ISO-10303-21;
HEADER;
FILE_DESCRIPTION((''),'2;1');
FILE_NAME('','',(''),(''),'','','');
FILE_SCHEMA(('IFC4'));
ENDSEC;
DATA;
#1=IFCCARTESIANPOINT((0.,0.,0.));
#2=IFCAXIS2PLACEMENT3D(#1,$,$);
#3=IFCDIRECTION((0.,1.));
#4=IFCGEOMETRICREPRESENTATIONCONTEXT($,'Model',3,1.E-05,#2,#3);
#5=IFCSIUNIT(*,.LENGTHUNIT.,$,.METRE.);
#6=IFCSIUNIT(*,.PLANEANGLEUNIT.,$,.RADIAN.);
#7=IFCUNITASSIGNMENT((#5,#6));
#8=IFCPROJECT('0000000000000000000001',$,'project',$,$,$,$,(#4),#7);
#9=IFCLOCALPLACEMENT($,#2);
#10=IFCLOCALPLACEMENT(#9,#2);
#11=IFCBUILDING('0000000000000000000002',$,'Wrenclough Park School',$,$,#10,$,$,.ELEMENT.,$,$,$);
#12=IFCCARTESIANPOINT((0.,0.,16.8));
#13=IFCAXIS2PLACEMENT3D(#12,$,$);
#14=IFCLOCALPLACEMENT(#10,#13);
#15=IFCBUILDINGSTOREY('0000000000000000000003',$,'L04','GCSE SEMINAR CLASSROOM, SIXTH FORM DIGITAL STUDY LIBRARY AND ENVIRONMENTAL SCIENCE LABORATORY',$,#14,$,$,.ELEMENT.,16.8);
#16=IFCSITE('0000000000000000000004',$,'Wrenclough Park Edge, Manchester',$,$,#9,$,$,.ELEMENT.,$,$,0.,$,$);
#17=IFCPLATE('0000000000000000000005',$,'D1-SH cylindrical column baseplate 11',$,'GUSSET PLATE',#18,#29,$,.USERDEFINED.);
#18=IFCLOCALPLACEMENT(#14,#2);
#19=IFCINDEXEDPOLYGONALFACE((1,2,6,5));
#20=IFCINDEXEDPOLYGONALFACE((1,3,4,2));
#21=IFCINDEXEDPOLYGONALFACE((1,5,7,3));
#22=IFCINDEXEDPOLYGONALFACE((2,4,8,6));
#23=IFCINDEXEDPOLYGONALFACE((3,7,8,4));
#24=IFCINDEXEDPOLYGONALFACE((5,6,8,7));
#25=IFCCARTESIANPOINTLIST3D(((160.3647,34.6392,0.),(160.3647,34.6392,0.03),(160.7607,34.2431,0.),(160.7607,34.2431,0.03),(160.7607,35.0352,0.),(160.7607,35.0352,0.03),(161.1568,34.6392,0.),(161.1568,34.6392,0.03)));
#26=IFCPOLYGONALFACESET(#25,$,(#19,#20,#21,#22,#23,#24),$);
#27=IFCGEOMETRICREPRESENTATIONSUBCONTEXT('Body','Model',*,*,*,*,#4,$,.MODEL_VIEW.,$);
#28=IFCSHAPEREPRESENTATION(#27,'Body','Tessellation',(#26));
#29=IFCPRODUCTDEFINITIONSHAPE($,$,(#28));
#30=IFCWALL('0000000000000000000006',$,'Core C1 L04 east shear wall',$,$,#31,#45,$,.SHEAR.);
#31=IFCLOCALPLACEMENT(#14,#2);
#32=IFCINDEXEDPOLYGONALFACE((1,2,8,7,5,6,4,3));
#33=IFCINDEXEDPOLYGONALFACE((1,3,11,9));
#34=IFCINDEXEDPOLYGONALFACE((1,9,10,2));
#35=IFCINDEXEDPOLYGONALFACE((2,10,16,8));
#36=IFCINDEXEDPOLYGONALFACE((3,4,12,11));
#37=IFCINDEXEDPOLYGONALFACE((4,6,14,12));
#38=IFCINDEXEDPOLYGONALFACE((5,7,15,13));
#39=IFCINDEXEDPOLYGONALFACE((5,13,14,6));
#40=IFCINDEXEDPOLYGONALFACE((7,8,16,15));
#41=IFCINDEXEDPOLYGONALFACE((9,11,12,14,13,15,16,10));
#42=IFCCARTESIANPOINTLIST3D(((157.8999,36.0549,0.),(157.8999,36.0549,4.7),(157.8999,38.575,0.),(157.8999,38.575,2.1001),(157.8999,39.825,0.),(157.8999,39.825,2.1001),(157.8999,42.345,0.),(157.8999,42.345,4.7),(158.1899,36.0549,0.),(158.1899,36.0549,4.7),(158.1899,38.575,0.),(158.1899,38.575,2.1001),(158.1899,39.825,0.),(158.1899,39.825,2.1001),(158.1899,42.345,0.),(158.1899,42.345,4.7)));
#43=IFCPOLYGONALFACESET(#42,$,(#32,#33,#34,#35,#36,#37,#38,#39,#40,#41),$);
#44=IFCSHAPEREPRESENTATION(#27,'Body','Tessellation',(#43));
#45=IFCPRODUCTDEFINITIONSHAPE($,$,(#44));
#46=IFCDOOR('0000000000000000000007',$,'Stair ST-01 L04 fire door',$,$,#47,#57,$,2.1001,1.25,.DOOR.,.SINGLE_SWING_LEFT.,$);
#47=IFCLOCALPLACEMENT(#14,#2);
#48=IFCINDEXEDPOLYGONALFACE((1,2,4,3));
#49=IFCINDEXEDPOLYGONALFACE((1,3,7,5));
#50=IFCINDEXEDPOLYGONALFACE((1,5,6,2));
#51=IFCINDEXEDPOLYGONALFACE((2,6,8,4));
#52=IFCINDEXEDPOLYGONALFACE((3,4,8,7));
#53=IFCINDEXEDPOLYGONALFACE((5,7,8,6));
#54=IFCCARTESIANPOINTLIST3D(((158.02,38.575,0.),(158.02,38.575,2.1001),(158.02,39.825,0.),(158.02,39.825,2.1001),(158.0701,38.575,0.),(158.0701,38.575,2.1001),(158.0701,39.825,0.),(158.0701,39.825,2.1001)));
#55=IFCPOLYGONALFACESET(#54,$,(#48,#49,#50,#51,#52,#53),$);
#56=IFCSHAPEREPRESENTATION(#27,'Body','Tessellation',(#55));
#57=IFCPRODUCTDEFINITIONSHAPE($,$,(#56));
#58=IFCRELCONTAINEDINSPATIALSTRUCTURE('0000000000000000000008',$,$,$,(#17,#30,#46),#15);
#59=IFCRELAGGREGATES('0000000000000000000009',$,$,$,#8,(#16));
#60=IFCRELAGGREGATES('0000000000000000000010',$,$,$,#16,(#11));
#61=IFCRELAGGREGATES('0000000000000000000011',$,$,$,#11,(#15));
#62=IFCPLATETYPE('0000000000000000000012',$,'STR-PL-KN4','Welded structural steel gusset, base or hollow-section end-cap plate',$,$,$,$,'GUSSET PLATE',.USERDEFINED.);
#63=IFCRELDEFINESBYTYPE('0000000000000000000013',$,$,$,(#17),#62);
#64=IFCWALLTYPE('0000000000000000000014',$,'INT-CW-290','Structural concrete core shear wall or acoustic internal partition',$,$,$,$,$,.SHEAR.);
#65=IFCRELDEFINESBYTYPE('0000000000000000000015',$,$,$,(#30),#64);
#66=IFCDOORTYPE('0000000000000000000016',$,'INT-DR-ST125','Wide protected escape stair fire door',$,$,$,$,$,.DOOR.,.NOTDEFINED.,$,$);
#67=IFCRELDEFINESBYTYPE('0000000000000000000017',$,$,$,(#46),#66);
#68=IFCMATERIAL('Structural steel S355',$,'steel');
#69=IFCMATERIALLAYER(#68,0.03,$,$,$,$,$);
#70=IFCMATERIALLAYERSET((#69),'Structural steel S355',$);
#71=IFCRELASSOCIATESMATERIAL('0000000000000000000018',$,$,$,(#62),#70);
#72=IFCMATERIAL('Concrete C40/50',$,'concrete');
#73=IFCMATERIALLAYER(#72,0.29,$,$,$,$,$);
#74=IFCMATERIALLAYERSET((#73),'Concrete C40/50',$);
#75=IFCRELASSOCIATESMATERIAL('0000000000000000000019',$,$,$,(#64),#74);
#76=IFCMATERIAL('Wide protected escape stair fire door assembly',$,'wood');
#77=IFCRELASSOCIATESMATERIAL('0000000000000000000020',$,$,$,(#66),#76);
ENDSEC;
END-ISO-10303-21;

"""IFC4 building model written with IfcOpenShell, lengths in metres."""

from ifc_helpers import new_model, si_unit, direction, frame, frame_2d, origin, origin_2d, place, context, subcontext, project, spatial, rectangle, extrude, material, layer, layer_set, type_object, element, fill, save


model = new_model("IFC4")

# Units and contexts
model_context = context("Model", 3, precision=1e-05, world=origin(), true_north=direction((0.0, 1.0)))
body_context = subcontext(model_context, "Body", "Model", "MODEL_VIEW")
ifc_project = project(units=[si_unit("LENGTHUNIT", "METRE"), si_unit("PLANEANGLEUNIT", "RADIAN")], contexts=[model_context])

# Site, building, storey
site_placement = place(None, origin())
site = spatial("IfcSite", under=ifc_project, at=site_placement, Name="Wrenclough Park Edge, Manchester", CompositionType="ELEMENT", RefElevation=0.0)
building_placement = place(site_placement, origin())
building = spatial("IfcBuilding", under=site, at=building_placement, Name="Wrenclough Park School", CompositionType="ELEMENT")
storey_placement = place(building_placement, frame((0.0, 0.0, 16.8)))
storey = spatial("IfcBuildingStorey", under=building, at=storey_placement, Name="L04", Description="GCSE SEMINAR CLASSROOM, SIXTH FORM DIGITAL STUDY LIBRARY AND ENVIRONMENTAL SCIENCE LABORATORY", CompositionType="ELEMENT", Elevation=16.8)

# Shared definitions
ifc_material_1 = material(Name="Structural steel S355", Category="steel")

# Plate
ifc_layer_1 = layer(ifc_material_1, 0.03)
ifc_layer_set_1 = layer_set([ifc_layer_1], Name="Structural steel S355")
plate_type_1 = type_object("IfcPlateType", Name="STR-PL-KN4", Description="Welded structural steel gusset, base or hollow-section end-cap plate", ElementType="GUSSET PLATE", PredefinedType="USERDEFINED", material=ifc_layer_set_1)
plate_1_placement = place(storey_placement, frame((160.7607, 34.6392, 0.0), z_axis=(0.0, 0.0, 1.0), x_axis=(0.707107, 0.707107, 0.0)))
element("IfcPlate", 1, at=plate_1_placement, inside=storey, type_object=plate_type_1, Name="D1-SH cylindrical column baseplate 11", ObjectType="GUSSET PLATE", PredefinedType="USERDEFINED", context=body_context, shape_type="SweptSolid", body=[
    extrude(rectangle(XDim=0.5601, YDim=0.5601, at=origin_2d()), origin(), (0.0, 0.0, 1.0), 0.03),
])

# Wall, opening, door
ifc_material_2 = material(Name="Concrete C40/50", Category="concrete")
ifc_layer_2 = layer(ifc_material_2, 0.29)
ifc_layer_set_2 = layer_set([ifc_layer_2], Name="Concrete C40/50")
wall_type_1 = type_object("IfcWallType", Name="INT-CW-290", Description="Structural concrete core shear wall or acoustic internal partition", PredefinedType="SHEAR", material=ifc_layer_set_2)
wall_1_placement = place(storey_placement, frame((158.0449, 36.0549, 0.0), z_axis=(0.0, 0.0, 1.0), x_axis=(0.0, 1.0, 0.0)))
wall_1 = element("IfcWall", 2, at=wall_1_placement, inside=storey, type_object=wall_type_1, Name="Core C1 L04 east shear wall", PredefinedType="SHEAR", context=body_context, shape_type="SweptSolid", body=[
    extrude(rectangle(XDim=6.29, YDim=0.29, at=frame_2d((3.145, 0.0))), origin(), (0.0, 0.0, 1.0), 4.7),
])
opening_1_placement = place(wall_1_placement, frame((2.52, 0.0, 0.0)))
opening_1 = element("IfcOpeningElement", 3, at=opening_1_placement, cuts=wall_1, PredefinedType="OPENING", context=body_context, shape_type="SweptSolid", body=[
    extrude(rectangle(XDim=1.25, YDim=2.1001, at=frame_2d((0.625, 1.05))), frame((0.0, 0.155, 0.0), z_axis=(0.0, -1.0, 0.0), x_axis=(1.0, 0.0, 0.0)), (0.0, 0.0, 1.0), 0.3101),
])
ifc_material_3 = material(Name="Wide protected escape stair fire door assembly", Category="wood")
door_type_1 = type_object("IfcDoorType", Name="INT-DR-ST125", Description="Wide protected escape stair fire door", OperationType="NOTDEFINED", PredefinedType="DOOR", material=ifc_material_3)
door_1_placement = place(opening_1_placement, origin())
door_1 = element("IfcDoor", 4, at=door_1_placement, inside=storey, type_object=door_type_1, Name="Stair ST-01 L04 fire door", OperationType="SINGLE_SWING_LEFT", OverallHeight=2.1001, OverallWidth=1.25, PredefinedType="DOOR", context=body_context, shape_type="SweptSolid", body=[
    extrude(rectangle(XDim=1.25, YDim=2.1001, at=frame_2d((0.625, 1.05))), frame((0.0, 0.0249, 0.0), z_axis=(0.0, -1.0, 0.0), x_axis=(1.0, 0.0, 0.0)), (0.0, 0.0, 1.0), 0.05),
])
fill(opening_1, door_1)

save(model, "model.ifc")
